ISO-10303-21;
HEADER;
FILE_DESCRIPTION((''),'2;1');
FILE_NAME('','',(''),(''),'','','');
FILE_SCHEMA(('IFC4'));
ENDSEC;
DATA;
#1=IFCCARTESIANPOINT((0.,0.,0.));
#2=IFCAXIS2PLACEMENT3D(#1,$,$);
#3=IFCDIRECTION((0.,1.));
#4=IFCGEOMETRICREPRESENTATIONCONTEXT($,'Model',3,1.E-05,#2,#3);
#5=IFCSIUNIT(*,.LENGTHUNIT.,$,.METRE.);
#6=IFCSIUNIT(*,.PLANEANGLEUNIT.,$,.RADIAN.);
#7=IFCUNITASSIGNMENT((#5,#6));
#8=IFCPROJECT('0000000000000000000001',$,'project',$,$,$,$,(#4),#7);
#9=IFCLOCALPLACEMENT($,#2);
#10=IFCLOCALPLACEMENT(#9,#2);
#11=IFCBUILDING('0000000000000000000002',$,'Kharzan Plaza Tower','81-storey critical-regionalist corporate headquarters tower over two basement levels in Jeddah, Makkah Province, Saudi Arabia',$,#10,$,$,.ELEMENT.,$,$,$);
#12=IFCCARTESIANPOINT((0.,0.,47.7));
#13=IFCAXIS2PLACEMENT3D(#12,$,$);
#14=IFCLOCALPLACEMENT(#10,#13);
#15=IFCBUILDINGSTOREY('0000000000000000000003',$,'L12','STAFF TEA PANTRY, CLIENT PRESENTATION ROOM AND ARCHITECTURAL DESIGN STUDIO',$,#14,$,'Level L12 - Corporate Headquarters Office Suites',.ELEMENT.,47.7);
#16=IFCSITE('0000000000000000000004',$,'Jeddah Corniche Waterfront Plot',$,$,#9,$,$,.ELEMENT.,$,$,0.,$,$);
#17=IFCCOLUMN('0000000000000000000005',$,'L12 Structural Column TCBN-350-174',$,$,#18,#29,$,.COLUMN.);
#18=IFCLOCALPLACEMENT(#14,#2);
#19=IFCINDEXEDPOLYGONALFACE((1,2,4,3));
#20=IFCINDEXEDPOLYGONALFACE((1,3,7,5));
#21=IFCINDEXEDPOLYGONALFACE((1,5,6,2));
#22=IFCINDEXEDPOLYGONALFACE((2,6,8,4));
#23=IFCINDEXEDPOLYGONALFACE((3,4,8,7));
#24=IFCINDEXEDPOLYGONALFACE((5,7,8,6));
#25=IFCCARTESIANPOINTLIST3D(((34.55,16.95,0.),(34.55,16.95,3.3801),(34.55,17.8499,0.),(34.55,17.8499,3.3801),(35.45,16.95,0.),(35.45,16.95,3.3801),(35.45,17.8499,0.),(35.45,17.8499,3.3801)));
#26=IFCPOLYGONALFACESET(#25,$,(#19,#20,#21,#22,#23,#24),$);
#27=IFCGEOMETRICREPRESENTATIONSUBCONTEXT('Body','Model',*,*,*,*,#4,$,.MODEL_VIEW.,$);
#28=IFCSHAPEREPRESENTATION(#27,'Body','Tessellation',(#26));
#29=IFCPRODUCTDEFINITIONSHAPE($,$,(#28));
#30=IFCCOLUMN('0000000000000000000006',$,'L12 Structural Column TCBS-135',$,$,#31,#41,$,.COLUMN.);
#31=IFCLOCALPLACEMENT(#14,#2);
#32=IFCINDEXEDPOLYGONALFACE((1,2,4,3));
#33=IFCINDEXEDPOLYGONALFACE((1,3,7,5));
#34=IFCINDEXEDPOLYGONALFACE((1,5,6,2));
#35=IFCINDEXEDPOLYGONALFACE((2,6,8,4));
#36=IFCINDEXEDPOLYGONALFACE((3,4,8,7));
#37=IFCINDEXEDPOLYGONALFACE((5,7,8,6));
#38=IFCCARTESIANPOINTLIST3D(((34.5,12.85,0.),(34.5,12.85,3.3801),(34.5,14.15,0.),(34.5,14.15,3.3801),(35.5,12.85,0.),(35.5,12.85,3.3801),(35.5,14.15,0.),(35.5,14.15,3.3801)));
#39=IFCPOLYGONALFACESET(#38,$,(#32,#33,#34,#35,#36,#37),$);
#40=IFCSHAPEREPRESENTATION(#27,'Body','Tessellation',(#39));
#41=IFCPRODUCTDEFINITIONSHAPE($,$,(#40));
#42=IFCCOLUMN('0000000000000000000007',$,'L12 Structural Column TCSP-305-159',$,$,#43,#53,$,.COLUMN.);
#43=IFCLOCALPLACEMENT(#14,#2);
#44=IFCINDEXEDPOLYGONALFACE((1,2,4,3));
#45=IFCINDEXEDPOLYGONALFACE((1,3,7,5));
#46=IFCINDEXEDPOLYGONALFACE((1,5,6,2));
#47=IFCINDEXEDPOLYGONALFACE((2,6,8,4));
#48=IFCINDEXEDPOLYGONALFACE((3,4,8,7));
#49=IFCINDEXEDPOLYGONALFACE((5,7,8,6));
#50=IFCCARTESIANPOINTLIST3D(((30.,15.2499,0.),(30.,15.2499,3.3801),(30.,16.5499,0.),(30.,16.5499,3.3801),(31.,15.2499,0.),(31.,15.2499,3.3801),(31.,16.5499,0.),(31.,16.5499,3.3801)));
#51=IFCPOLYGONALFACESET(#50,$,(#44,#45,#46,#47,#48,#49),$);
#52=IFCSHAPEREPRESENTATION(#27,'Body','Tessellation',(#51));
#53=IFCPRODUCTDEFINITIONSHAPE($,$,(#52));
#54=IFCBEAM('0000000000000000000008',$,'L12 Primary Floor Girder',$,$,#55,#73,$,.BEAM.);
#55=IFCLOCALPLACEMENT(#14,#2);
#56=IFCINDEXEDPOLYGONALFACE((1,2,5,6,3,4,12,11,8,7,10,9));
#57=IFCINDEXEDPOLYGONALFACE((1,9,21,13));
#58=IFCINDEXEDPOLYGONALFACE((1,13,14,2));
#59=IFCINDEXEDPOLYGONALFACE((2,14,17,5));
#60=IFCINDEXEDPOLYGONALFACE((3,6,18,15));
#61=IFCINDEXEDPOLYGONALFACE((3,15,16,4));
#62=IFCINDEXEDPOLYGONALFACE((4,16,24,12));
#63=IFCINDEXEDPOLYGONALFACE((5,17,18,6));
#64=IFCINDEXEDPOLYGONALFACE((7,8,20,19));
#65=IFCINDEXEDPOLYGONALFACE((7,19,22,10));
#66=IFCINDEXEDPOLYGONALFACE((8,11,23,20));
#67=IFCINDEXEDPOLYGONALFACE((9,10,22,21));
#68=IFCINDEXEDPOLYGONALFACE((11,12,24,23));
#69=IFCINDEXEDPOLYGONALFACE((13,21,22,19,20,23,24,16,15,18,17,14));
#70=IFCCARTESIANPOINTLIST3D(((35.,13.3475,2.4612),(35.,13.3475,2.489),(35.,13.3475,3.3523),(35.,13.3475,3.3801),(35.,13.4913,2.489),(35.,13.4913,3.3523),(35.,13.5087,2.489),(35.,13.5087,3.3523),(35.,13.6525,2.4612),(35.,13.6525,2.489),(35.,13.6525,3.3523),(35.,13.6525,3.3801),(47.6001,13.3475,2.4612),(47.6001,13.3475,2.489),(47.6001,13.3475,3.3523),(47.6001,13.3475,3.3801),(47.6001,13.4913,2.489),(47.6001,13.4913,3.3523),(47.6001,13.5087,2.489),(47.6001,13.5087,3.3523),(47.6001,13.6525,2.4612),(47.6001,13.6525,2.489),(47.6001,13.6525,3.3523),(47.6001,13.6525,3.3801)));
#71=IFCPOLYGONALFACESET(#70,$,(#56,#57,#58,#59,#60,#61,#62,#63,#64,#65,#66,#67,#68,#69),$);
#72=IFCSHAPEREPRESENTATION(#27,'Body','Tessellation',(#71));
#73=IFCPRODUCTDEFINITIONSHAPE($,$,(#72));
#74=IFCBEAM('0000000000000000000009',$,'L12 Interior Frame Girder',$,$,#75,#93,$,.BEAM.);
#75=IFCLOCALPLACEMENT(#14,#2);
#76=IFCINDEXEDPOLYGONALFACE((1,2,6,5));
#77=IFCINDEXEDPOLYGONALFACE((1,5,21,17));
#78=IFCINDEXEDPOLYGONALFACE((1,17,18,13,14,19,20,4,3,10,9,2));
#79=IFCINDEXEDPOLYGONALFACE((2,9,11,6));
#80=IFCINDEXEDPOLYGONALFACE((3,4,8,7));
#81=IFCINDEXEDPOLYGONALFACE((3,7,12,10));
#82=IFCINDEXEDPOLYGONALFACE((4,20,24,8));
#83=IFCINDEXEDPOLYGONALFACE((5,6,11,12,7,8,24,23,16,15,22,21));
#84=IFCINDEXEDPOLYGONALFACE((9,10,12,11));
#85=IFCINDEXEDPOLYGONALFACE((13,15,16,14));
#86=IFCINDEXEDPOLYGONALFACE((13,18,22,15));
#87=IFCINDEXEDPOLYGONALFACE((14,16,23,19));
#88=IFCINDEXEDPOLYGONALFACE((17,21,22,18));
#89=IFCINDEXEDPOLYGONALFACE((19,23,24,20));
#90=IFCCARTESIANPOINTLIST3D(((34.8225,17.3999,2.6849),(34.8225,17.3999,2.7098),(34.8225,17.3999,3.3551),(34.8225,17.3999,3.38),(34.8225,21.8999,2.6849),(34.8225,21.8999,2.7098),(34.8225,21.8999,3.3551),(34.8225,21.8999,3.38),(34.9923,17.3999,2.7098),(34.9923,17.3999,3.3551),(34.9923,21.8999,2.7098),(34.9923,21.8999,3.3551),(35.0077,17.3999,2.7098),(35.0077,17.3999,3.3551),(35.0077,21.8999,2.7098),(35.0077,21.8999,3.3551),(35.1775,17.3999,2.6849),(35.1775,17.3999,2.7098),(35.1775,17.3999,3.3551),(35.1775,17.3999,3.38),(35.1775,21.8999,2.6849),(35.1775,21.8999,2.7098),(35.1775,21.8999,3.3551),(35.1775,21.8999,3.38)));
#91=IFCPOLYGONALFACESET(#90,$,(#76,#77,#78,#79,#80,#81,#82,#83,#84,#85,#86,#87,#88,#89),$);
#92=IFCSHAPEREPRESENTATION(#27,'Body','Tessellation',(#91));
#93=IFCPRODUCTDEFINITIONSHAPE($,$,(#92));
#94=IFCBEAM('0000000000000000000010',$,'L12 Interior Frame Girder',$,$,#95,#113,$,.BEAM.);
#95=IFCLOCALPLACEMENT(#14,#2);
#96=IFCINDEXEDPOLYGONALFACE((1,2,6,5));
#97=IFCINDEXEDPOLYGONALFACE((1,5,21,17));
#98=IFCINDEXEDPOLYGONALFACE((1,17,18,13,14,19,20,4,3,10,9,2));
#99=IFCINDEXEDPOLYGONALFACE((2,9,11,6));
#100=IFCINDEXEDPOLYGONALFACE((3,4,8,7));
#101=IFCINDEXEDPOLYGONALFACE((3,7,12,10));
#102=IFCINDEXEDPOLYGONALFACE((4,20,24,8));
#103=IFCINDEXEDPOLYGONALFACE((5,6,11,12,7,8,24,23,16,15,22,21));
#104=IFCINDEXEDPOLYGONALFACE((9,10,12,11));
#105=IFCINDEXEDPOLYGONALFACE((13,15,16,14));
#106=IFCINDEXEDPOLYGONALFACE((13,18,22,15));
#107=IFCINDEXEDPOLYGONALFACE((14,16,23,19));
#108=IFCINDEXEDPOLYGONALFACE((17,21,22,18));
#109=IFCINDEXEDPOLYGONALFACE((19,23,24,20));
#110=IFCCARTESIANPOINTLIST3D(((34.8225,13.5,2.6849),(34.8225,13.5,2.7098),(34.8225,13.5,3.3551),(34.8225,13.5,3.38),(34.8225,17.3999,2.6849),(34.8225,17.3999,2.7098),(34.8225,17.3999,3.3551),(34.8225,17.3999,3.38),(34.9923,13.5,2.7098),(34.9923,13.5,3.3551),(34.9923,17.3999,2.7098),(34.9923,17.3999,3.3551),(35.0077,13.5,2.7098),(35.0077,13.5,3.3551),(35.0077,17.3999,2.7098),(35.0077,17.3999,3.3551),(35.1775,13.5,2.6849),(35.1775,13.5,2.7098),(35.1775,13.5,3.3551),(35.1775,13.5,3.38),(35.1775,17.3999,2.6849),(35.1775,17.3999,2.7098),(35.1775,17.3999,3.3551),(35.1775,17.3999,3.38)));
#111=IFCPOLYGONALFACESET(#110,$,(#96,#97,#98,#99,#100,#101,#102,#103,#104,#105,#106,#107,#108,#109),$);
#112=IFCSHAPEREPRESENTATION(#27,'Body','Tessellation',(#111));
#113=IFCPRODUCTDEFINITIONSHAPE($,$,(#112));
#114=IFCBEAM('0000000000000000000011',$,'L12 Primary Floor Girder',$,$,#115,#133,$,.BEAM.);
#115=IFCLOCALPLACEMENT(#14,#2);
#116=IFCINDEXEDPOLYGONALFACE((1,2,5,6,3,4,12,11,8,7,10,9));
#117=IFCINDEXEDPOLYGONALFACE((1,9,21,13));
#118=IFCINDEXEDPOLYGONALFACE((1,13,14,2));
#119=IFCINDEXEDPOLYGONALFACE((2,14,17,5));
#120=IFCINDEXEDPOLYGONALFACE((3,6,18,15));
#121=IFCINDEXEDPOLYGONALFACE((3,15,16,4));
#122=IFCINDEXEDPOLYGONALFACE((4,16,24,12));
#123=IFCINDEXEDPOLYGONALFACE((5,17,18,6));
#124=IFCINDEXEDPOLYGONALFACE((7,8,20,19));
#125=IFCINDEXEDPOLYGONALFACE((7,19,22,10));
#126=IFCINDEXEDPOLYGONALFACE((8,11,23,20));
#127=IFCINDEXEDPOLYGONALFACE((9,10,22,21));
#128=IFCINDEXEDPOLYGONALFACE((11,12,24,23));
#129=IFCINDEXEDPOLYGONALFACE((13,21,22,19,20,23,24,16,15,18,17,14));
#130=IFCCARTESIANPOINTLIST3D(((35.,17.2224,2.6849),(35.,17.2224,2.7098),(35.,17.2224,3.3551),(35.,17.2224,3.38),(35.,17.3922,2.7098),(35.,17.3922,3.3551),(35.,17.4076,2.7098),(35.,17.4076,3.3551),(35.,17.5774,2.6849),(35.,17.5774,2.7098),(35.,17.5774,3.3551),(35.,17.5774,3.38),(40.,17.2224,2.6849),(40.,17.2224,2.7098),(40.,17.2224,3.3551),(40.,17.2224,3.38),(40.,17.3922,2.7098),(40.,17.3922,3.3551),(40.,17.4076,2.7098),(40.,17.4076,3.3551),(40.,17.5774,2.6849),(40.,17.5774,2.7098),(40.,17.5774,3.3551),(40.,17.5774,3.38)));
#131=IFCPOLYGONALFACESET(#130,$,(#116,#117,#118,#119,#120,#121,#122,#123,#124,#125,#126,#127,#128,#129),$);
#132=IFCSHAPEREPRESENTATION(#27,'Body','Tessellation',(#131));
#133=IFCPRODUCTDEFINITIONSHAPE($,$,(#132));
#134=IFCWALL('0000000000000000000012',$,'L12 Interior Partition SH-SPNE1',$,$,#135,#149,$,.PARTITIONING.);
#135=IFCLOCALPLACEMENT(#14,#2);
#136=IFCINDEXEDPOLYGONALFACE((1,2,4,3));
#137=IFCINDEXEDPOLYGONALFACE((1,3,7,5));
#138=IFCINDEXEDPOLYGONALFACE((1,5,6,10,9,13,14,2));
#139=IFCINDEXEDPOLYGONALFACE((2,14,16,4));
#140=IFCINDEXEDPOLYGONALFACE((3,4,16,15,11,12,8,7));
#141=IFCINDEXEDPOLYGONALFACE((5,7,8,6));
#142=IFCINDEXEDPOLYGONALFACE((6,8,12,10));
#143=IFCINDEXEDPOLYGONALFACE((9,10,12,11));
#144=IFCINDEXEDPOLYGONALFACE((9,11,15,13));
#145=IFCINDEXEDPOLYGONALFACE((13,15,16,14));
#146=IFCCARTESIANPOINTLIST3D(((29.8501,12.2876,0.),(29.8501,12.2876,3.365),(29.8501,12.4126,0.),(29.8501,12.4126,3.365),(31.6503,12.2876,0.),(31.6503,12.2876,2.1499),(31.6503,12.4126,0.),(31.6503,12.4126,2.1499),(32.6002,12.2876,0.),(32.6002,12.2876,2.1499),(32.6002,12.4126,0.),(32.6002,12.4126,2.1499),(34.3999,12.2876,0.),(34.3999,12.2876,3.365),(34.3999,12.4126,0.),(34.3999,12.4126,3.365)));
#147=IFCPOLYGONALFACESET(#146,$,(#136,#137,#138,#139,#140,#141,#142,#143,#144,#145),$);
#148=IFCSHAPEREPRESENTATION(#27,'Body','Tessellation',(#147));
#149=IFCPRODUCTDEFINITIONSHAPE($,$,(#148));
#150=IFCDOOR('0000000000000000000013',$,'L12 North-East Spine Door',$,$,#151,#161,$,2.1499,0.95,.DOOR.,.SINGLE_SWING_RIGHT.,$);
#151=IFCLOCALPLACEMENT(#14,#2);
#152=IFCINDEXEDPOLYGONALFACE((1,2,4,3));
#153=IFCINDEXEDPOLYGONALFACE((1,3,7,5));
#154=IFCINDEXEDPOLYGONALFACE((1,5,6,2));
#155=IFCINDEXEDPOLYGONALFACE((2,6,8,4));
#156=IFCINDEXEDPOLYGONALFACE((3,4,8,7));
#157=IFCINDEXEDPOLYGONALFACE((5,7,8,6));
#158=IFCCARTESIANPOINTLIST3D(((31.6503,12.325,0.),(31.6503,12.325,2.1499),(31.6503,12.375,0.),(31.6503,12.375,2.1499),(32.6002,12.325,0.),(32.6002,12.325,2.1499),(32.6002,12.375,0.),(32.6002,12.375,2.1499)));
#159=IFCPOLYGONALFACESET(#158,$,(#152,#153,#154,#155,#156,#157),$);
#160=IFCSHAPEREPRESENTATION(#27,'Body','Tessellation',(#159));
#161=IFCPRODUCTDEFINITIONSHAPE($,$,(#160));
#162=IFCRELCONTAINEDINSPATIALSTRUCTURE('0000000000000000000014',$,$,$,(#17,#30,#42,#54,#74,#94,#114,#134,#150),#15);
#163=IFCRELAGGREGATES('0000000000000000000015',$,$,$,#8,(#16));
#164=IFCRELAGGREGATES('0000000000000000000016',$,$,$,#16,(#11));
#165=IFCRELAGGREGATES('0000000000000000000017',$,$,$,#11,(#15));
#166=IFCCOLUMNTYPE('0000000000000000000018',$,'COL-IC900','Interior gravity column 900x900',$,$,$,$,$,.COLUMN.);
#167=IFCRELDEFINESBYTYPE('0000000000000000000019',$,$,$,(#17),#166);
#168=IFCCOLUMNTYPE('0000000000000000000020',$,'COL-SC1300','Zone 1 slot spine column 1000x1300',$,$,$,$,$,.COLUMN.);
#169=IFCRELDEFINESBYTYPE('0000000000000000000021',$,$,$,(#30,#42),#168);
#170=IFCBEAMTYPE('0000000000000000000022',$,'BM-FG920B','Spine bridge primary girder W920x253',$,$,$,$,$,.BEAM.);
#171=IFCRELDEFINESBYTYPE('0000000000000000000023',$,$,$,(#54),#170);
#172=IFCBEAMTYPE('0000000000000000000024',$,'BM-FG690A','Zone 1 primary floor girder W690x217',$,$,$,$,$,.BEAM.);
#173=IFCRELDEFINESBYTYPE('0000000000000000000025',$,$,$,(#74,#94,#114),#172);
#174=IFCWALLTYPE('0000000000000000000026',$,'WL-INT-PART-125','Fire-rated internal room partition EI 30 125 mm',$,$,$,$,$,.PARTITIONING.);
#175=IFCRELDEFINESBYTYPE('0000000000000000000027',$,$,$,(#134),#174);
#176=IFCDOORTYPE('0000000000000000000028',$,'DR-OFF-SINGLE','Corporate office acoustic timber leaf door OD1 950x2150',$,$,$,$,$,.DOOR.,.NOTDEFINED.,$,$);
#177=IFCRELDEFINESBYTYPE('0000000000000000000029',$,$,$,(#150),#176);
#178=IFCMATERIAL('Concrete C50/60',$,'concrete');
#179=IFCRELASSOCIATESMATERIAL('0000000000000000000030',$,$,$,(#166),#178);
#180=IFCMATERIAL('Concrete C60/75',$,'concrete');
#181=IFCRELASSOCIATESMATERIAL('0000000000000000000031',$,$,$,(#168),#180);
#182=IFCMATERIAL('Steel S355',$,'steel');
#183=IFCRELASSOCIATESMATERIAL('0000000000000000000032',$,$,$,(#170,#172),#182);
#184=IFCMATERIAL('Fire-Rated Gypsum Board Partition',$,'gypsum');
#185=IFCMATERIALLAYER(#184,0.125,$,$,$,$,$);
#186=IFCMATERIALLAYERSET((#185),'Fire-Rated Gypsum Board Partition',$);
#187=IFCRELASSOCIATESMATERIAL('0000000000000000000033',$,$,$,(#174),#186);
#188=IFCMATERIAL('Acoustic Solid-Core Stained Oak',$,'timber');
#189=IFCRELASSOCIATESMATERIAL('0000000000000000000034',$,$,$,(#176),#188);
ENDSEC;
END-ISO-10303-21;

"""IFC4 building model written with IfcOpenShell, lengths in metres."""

from ifc_helpers import new_model, si_unit, direction, frame, frame_2d, origin, origin_2d, place, context, subcontext, project, spatial, rectangle, i_section, extrude, source, transform, mapped, material, layer, layer_set, material_profile, profile_set, type_object, element, fill, save


model = new_model("IFC4")

# Units and contexts
model_context = context("Model", 3, precision=1e-05, world=origin(), true_north=direction((0.0, 1.0)))
body_context = subcontext(model_context, "Body", "Model", "MODEL_VIEW")
ifc_project = project(units=[si_unit("LENGTHUNIT", "METRE"), si_unit("PLANEANGLEUNIT", "RADIAN")], contexts=[model_context])

# Site, building, storey
site_placement = place(None, origin())
site = spatial("IfcSite", under=ifc_project, at=site_placement, Name="Jeddah Corniche Waterfront Plot", CompositionType="ELEMENT", RefElevation=0.0)
building_placement = place(site_placement, origin())
building = spatial("IfcBuilding", under=site, at=building_placement, Name="Kharzan Plaza Tower", Description="81-storey critical-regionalist corporate headquarters tower over two basement levels in Jeddah, Makkah Province, Saudi Arabia", CompositionType="ELEMENT")
storey_placement = place(building_placement, frame((0.0, 0.0, 47.7)))
storey = spatial("IfcBuildingStorey", under=building, at=storey_placement, Name="L12", Description="STAFF TEA PANTRY, CLIENT PRESENTATION ROOM AND ARCHITECTURAL DESIGN STUDIO", LongName="Level L12 - Corporate Headquarters Office Suites", CompositionType="ELEMENT", Elevation=47.7)

# Columns
ifc_material_1 = material(Name="Concrete C50/60", Category="concrete")
ifc_material_profile_1 = material_profile(ifc_material_1, rectangle(XDim=0.8999, YDim=0.8999, at=origin_2d()), Name="RC-IC900x900")
ifc_profile_set_1 = profile_set([ifc_material_profile_1], Name="Concrete C50/60")
column_type_1 = type_object("IfcColumnType", Name="COL-IC900", Description="Interior gravity column 900x900", PredefinedType="COLUMN", material=ifc_profile_set_1)
shared_shape_1 = source(origin(), body_context, "Body", "SweptSolid", [
    extrude(rectangle(XDim=0.8999, YDim=0.8999, at=origin_2d()), origin(), (0.0, 0.0, 1.0), 3.3801),
])
column_placement = place(storey_placement, frame((35.0, 17.3999, 0.0), z_axis=(0.0, 0.0, 1.0), x_axis=(1.0, 0.0, 0.0)))
element("IfcColumn", 1, at=column_placement, inside=storey, type_object=column_type_1, Name="L12 Structural Column TCBN-350-174", PredefinedType="COLUMN", context=body_context, shape_type="MappedRepresentation", body=[
    mapped(shared_shape_1, transform((0.0, 0.0, 0.0), x_axis=(1.0, 0.0, 0.0), y_axis=(0.0, 1.0, 0.0), z_axis=(0.0, 0.0, 1.0))),
])
ifc_material_2 = material(Name="Concrete C60/75", Category="concrete")
ifc_material_profile_2 = material_profile(ifc_material_2, rectangle(XDim=1.0, YDim=1.3, at=origin_2d()), Name="RC-SC1300x1000")
ifc_profile_set_2 = profile_set([ifc_material_profile_2], Name="Concrete C60/75")
column_type_2 = type_object("IfcColumnType", Name="COL-SC1300", Description="Zone 1 slot spine column 1000x1300", PredefinedType="COLUMN", material=ifc_profile_set_2)
shared_shape_2 = source(origin(), body_context, "Body", "SweptSolid", [
    extrude(rectangle(XDim=1.0, YDim=1.3, at=origin_2d()), origin(), (0.0, 0.0, 1.0), 3.3801),
])
for number, where, z_axis, x_axis, name in (
    (2, (35.0, 13.5, 0.0), (0.0, 0.0, 1.0), (1.0, 0.0, 0.0), "L12 Structural Column TCBS-135"),
    (3, (30.5, 15.8999, 0.0), (0.0, 0.0, 1.0), (1.0, 0.0, 0.0), "L12 Structural Column TCSP-305-159"),
):
    element("IfcColumn", number, at=place(storey_placement, frame(where, z_axis=z_axis, x_axis=x_axis)), inside=storey, type_object=column_type_2, Name=name, PredefinedType="COLUMN", context=body_context, shape_type="MappedRepresentation", body=[
        mapped(shared_shape_2, transform((0.0, 0.0, 0.0), x_axis=(1.0, 0.0, 0.0), y_axis=(0.0, 1.0, 0.0), z_axis=(0.0, 0.0, 1.0))),
    ])

# Beams
ifc_material_3 = material(Name="Steel S355", Category="steel")
ifc_material_profile_3 = material_profile(ifc_material_3, i_section(OverallWidth=0.3049, OverallDepth=0.9189, WebThickness=0.0173, FlangeThickness=0.0278, at=origin_2d()), Name="W920x253")
ifc_profile_set_3 = profile_set([ifc_material_profile_3], Name="Steel S355")
beam_type_1 = type_object("IfcBeamType", Name="BM-FG920B", Description="Spine bridge primary girder W920x253", PredefinedType="BEAM", material=ifc_profile_set_3)
shared_shape_3 = source(origin(), body_context, "Body", "SweptSolid", [
    extrude(i_section(OverallWidth=0.3049, OverallDepth=0.9189, WebThickness=0.0173, FlangeThickness=0.0278, at=origin_2d()), origin(), (0.0, 0.0, 1.0), 12.6001),
])
beam_1_placement = place(storey_placement, frame((35.0, 13.5, 2.9207), z_axis=(1.0, 0.0, 0.0), x_axis=(0.0, 1.0, 0.0)))
element("IfcBeam", 4, at=beam_1_placement, inside=storey, type_object=beam_type_1, Name="L12 Primary Floor Girder", PredefinedType="BEAM", context=body_context, shape_type="MappedRepresentation", body=[
    mapped(shared_shape_3, transform((0.0, 0.0, 0.0), x_axis=(1.0, 0.0, 0.0), y_axis=(0.0, 1.0, 0.0), z_axis=(0.0, 0.0, 1.0))),
])
ifc_material_profile_4 = material_profile(ifc_material_3, i_section(OverallWidth=0.355, OverallDepth=0.6951, WebThickness=0.0154, FlangeThickness=0.0249, at=origin_2d()), Name="W690x217")
ifc_profile_set_4 = profile_set([ifc_material_profile_4], Name="Steel S355")
beam_type_2 = type_object("IfcBeamType", Name="BM-FG690A", Description="Zone 1 primary floor girder W690x217", PredefinedType="BEAM", material=ifc_profile_set_4)
shared_shape_4 = source(origin(), body_context, "Body", "SweptSolid", [
    extrude(i_section(OverallWidth=0.355, OverallDepth=0.6951, WebThickness=0.0154, FlangeThickness=0.0249, at=origin_2d()), origin(), (0.0, 0.0, 1.0), 4.5),
])
beam_2_placement = place(storey_placement, frame((35.0, 17.3999, 3.0325), z_axis=(0.0, 1.0, 0.0), x_axis=(-1.0, 0.0, 0.0)))
element("IfcBeam", 5, at=beam_2_placement, inside=storey, type_object=beam_type_2, Name="L12 Interior Frame Girder", PredefinedType="BEAM", context=body_context, shape_type="MappedRepresentation", body=[
    mapped(shared_shape_4, transform((0.0, 0.0, 0.0), x_axis=(1.0, 0.0, 0.0), y_axis=(0.0, 1.0, 0.0), z_axis=(0.0, 0.0, 1.0))),
])
shared_shape_5 = source(origin(), body_context, "Body", "SweptSolid", [
    extrude(i_section(OverallWidth=0.355, OverallDepth=0.6951, WebThickness=0.0154, FlangeThickness=0.0249, at=origin_2d()), origin(), (0.0, 0.0, 1.0), 3.8999),
])
beam_3_placement = place(storey_placement, frame((35.0, 13.5, 3.0325), z_axis=(0.0, 1.0, 0.0), x_axis=(-1.0, 0.0, 0.0)))
element("IfcBeam", 6, at=beam_3_placement, inside=storey, type_object=beam_type_2, Name="L12 Interior Frame Girder", PredefinedType="BEAM", context=body_context, shape_type="MappedRepresentation", body=[
    mapped(shared_shape_5, transform((0.0, 0.0, 0.0), x_axis=(1.0, 0.0, 0.0), y_axis=(0.0, 1.0, 0.0), z_axis=(0.0, 0.0, 1.0))),
])
shared_shape_6 = source(origin(), body_context, "Body", "SweptSolid", [
    extrude(i_section(OverallWidth=0.355, OverallDepth=0.6951, WebThickness=0.0154, FlangeThickness=0.0249, at=origin_2d()), origin(), (0.0, 0.0, 1.0), 5.0),
])
beam_4_placement = place(storey_placement, frame((35.0, 17.3999, 3.0325), z_axis=(1.0, 0.0, 0.0), x_axis=(0.0, 1.0, 0.0)))
element("IfcBeam", 7, at=beam_4_placement, inside=storey, type_object=beam_type_2, Name="L12 Primary Floor Girder", PredefinedType="BEAM", context=body_context, shape_type="MappedRepresentation", body=[
    mapped(shared_shape_6, transform((0.0, 0.0, 0.0), x_axis=(1.0, 0.0, 0.0), y_axis=(0.0, 1.0, 0.0), z_axis=(0.0, 0.0, 1.0))),
])

# Wall, opening, door
ifc_material_4 = material(Name="Fire-Rated Gypsum Board Partition", Category="gypsum")
ifc_layer_1 = layer(ifc_material_4, 0.125)
ifc_layer_set_1 = layer_set([ifc_layer_1], Name="Fire-Rated Gypsum Board Partition")
wall_type_1 = type_object("IfcWallType", Name="WL-INT-PART-125", Description="Fire-rated internal room partition EI 30 125 mm", PredefinedType="PARTITIONING", material=ifc_layer_set_1)
wall_1_placement = place(storey_placement, frame((29.8501, 12.3501, 0.0), z_axis=(0.0, 0.0, 1.0), x_axis=(1.0, 0.0, 0.0)))
wall_1 = element("IfcWall", 8, at=wall_1_placement, inside=storey, type_object=wall_type_1, Name="L12 Interior Partition SH-SPNE1", PredefinedType="PARTITIONING", context=body_context, shape_type="SweptSolid", body=[
    extrude(rectangle(XDim=4.5498, YDim=0.125, at=frame_2d((2.2749, 0.0))), origin(), (0.0, 0.0, 1.0), 3.365),
])
opening_1_placement = place(wall_1_placement, frame((1.8, 0.0, 0.0)))
opening_1 = element("IfcOpeningElement", 9, at=opening_1_placement, cuts=wall_1, PredefinedType="OPENING", context=body_context, shape_type="SweptSolid", body=[
    extrude(rectangle(XDim=0.95, YDim=2.1499, at=frame_2d((0.4751, 1.075))), frame((0.0, 0.0725, 0.0), z_axis=(0.0, -1.0, 0.0), x_axis=(1.0, 0.0, 0.0)), (0.0, 0.0, 1.0), 0.145),
])
ifc_material_5 = material(Name="Acoustic Solid-Core Stained Oak", Category="timber")
door_type_1 = type_object("IfcDoorType", Name="DR-OFF-SINGLE", Description="Corporate office acoustic timber leaf door OD1 950x2150", OperationType="NOTDEFINED", PredefinedType="DOOR", material=ifc_material_5)
shared_shape_7 = source(origin(), body_context, "Body", "SweptSolid", [
    extrude(rectangle(XDim=0.95, YDim=2.1499, at=frame_2d((0.4751, 1.075))), frame((0.0, 0.0249, 0.0), z_axis=(0.0, -1.0, 0.0), x_axis=(1.0, 0.0, 0.0)), (0.0, 0.0, 1.0), 0.05),
])
door_1_placement = place(opening_1_placement, origin())
door_1 = element("IfcDoor", 10, at=door_1_placement, inside=storey, type_object=door_type_1, Name="L12 North-East Spine Door", OperationType="SINGLE_SWING_RIGHT", OverallHeight=2.1499, OverallWidth=0.95, PredefinedType="DOOR", context=body_context, shape_type="MappedRepresentation", body=[
    mapped(shared_shape_7, transform((0.0, 0.0, 0.0), x_axis=(1.0, 0.0, 0.0), y_axis=(0.0, 1.0, 0.0), z_axis=(0.0, 0.0, 1.0))),
])
fill(opening_1, door_1)

save(model, "model.ifc")
